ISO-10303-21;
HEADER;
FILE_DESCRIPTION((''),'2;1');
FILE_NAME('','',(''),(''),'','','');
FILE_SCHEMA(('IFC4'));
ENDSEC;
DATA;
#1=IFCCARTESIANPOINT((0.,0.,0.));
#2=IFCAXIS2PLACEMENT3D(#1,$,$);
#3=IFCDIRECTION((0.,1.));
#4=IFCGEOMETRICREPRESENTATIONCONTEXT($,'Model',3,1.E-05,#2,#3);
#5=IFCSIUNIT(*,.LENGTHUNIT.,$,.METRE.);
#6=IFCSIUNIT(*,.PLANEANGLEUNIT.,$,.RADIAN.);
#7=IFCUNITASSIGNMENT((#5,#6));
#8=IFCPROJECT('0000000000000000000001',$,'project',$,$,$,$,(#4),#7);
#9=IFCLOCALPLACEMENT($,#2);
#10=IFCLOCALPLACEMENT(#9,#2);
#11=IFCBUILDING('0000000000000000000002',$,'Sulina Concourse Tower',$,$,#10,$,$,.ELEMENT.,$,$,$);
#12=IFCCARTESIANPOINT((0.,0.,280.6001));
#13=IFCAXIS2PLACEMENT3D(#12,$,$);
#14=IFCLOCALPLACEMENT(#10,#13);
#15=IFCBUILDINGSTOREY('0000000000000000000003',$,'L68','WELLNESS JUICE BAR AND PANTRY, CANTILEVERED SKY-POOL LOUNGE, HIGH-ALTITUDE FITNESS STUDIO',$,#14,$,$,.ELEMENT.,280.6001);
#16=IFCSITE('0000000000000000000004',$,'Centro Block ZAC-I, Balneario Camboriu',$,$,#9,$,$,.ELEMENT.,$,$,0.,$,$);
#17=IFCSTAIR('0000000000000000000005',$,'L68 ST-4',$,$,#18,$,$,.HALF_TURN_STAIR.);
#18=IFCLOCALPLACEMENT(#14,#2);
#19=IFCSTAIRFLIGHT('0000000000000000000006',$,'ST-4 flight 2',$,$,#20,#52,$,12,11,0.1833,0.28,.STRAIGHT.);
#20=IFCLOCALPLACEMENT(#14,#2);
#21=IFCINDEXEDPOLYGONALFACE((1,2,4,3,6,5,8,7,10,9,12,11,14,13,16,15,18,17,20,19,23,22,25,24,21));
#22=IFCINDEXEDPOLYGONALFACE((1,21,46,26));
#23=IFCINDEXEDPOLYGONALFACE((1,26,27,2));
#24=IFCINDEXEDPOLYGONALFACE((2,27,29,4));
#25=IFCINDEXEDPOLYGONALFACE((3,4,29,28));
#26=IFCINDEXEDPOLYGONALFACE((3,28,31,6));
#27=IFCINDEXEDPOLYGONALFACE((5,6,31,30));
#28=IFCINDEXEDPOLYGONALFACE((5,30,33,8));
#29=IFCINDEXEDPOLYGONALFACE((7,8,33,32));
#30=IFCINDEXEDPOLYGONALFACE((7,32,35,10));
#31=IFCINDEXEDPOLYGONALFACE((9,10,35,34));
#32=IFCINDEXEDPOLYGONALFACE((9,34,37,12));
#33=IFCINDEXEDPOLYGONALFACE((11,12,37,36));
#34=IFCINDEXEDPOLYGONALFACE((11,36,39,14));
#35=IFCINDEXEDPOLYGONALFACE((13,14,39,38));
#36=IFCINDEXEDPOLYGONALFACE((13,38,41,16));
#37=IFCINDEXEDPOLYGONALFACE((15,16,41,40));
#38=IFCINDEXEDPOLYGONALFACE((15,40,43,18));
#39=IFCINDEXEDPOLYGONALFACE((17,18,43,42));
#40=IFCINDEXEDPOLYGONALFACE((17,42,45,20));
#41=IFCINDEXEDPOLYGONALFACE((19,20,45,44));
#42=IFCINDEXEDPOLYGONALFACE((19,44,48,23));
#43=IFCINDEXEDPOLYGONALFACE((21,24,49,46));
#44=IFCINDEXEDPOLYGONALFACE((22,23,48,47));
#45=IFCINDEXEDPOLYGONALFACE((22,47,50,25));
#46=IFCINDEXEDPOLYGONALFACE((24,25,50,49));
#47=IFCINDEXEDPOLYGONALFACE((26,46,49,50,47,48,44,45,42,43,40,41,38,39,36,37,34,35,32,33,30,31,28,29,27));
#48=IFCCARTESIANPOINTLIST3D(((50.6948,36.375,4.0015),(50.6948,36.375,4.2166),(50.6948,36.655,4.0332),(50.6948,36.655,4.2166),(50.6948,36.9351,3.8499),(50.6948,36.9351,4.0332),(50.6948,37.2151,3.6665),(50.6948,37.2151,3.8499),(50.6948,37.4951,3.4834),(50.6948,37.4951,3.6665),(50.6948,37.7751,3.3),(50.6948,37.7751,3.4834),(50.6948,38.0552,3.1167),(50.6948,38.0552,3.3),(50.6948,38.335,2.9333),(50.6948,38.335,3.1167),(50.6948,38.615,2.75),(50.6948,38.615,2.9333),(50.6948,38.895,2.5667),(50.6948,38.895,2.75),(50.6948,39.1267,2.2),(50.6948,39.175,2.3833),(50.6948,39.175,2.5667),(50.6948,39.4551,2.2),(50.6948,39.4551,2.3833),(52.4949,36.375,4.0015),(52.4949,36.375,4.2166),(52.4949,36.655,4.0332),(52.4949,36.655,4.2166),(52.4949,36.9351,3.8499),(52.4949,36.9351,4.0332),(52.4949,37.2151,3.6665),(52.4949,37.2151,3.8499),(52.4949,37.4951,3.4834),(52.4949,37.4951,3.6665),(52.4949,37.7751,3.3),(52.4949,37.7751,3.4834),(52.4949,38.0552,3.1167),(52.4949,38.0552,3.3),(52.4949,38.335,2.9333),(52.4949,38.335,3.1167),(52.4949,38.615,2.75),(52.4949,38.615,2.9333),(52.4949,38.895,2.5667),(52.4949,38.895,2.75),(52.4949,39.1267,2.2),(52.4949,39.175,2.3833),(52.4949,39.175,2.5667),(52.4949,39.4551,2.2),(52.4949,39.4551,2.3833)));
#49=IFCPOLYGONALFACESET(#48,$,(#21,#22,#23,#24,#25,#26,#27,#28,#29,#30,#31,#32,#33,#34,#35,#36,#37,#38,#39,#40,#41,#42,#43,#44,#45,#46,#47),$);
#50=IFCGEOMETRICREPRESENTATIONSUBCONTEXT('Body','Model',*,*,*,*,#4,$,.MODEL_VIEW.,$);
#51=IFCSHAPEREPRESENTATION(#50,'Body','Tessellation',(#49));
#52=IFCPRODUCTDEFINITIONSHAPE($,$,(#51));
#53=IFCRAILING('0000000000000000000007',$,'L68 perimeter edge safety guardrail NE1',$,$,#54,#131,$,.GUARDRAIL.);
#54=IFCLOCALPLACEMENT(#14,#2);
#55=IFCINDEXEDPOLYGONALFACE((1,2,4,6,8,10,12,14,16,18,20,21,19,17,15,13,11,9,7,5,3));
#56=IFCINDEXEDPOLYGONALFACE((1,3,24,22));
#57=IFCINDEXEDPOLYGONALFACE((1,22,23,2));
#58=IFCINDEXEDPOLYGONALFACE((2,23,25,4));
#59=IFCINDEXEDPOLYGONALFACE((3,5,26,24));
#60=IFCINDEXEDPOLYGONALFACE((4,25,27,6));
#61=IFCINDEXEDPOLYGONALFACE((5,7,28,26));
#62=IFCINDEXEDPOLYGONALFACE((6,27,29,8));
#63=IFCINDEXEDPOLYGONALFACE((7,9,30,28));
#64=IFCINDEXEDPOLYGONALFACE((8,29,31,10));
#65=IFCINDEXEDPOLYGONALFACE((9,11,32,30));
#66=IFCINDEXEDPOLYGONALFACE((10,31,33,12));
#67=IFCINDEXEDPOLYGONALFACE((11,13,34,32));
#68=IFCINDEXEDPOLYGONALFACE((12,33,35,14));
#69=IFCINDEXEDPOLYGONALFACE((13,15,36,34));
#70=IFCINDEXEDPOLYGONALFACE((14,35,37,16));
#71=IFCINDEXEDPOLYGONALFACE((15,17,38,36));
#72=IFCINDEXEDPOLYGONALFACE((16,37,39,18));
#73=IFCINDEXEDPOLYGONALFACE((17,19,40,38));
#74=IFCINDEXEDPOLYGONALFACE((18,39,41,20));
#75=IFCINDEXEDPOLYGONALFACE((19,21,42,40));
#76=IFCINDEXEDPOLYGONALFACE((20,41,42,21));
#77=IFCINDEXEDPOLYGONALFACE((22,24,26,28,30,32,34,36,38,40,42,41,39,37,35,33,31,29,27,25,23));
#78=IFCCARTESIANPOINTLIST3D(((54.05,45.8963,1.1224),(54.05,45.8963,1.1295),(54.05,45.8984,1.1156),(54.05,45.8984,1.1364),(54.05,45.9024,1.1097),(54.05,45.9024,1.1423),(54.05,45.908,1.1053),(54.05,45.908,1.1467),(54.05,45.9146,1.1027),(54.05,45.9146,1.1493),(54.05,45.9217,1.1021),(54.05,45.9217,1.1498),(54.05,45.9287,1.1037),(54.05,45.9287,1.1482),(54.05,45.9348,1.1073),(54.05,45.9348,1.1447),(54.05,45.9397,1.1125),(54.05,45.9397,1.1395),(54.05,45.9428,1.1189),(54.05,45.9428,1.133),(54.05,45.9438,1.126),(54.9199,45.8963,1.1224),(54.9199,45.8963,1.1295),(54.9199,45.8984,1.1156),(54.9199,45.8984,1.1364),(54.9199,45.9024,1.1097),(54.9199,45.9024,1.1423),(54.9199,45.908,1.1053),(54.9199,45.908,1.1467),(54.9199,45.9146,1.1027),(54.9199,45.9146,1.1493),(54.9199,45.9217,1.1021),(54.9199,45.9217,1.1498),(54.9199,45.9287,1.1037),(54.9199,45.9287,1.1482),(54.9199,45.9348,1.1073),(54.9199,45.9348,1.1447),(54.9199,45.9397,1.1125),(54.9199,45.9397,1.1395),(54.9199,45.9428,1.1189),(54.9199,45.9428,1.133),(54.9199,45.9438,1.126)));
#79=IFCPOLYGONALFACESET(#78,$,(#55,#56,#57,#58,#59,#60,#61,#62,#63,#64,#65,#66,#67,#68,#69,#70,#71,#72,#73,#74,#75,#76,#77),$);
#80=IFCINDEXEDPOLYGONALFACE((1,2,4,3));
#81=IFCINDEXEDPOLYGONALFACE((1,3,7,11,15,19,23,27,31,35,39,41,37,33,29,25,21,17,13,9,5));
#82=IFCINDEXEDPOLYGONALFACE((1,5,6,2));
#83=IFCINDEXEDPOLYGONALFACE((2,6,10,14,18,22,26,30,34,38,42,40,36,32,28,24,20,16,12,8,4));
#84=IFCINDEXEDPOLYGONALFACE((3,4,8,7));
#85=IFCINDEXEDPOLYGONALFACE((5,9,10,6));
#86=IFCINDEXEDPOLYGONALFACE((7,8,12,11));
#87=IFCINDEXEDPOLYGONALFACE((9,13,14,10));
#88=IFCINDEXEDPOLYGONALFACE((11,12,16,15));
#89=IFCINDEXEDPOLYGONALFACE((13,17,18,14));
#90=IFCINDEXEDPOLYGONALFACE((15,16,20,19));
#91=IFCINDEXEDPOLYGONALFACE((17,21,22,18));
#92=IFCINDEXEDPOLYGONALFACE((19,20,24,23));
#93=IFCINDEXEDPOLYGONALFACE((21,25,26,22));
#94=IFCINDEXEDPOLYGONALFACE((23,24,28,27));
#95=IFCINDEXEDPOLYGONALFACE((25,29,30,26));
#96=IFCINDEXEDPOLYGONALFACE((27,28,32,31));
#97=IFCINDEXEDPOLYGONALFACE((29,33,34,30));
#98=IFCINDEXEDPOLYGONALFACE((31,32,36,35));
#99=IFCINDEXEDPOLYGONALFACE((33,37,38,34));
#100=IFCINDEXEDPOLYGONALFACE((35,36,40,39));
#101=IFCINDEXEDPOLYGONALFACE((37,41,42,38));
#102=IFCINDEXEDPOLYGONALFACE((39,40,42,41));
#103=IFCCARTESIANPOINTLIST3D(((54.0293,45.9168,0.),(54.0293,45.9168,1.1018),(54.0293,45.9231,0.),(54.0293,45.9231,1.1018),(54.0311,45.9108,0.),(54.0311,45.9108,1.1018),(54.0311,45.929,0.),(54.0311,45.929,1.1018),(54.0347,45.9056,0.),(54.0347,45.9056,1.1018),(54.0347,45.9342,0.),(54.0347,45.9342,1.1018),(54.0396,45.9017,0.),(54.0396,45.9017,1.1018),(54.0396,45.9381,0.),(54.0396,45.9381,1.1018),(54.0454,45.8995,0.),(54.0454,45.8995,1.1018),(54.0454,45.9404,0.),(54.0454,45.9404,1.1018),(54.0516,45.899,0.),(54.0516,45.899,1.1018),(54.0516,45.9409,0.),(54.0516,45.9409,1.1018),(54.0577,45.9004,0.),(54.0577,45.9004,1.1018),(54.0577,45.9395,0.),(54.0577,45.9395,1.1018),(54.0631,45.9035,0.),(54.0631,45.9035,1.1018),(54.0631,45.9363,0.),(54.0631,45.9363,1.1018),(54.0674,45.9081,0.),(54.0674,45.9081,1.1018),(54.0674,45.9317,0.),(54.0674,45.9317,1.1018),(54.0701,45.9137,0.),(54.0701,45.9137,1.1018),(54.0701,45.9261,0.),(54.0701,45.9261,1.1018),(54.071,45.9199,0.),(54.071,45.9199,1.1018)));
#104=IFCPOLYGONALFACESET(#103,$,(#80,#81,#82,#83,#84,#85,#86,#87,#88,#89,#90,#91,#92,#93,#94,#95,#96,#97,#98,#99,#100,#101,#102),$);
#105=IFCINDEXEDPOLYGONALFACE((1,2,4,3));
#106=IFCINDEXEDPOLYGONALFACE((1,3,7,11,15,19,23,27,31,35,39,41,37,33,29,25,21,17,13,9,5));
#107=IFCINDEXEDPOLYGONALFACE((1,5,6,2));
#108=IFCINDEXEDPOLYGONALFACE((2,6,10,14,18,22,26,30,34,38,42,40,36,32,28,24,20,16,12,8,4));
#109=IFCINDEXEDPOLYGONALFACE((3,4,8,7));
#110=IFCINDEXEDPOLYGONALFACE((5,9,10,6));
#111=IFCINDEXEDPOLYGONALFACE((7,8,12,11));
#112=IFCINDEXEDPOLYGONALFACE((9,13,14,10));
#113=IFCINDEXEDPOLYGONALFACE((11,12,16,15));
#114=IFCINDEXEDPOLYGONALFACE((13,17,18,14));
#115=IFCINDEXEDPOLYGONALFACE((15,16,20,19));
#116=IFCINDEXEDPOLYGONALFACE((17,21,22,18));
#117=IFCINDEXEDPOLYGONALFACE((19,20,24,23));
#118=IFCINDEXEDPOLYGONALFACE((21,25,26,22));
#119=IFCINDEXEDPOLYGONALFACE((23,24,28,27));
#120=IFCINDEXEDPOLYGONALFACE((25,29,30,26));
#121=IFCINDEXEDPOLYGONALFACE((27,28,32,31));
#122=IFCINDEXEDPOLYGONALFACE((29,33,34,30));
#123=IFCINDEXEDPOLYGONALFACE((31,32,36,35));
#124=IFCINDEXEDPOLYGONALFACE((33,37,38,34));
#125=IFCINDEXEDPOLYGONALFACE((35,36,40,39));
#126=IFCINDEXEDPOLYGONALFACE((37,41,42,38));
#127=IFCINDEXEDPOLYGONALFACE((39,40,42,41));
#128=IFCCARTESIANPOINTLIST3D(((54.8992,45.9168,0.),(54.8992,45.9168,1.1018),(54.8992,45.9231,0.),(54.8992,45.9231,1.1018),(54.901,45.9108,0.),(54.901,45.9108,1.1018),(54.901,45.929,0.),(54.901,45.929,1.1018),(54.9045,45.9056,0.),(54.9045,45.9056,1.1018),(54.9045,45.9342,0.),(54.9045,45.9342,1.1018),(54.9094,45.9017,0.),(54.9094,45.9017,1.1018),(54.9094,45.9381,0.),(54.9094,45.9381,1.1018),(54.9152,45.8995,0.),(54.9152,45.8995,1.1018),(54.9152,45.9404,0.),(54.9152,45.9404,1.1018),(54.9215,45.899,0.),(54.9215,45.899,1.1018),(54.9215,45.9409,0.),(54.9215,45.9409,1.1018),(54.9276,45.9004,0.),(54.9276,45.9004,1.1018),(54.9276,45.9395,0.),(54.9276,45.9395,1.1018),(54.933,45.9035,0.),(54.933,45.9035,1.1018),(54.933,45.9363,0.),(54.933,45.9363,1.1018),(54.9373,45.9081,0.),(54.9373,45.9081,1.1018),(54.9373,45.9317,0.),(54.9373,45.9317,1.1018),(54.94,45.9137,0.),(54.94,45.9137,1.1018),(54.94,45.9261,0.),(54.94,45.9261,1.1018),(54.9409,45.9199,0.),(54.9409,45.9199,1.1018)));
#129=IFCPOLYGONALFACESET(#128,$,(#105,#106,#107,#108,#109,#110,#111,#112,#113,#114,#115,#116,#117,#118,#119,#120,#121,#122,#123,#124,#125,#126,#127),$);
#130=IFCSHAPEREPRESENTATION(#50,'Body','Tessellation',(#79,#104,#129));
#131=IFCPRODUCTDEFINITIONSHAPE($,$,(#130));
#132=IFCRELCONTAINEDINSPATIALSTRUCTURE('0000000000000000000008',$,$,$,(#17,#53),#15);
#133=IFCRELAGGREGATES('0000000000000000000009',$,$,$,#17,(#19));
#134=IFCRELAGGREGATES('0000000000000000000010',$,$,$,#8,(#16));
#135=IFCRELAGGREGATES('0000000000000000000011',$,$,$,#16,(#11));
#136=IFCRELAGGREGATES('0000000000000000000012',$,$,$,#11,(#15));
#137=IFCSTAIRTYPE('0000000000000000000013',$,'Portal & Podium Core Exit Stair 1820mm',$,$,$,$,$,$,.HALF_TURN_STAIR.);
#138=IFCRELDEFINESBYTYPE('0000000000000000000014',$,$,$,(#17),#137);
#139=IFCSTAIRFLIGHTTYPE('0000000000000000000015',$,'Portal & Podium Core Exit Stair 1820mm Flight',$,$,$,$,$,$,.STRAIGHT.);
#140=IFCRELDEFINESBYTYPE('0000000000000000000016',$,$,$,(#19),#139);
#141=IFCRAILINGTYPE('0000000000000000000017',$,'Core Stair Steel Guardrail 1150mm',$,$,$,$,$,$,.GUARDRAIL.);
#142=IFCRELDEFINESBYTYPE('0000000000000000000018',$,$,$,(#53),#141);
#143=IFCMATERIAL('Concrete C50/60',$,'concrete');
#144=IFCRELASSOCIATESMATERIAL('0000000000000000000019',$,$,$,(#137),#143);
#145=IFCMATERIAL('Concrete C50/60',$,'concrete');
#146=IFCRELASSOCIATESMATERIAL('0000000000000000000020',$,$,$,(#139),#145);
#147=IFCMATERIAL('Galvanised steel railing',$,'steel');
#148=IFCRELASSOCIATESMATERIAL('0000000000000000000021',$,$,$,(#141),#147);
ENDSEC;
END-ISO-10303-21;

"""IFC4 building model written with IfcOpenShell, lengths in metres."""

from ifc_helpers import new_model, si_unit, direction, frame, origin, origin_2d, place, context, subcontext, project, spatial, polyline, circle, outline, extrude, material, type_object, element, aggregate, save


model = new_model("IFC4")

# Units and contexts
model_context = context("Model", 3, precision=1e-05, world=origin(), true_north=direction((0.0, 1.0)))
body_context = subcontext(model_context, "Body", "Model", "MODEL_VIEW")
ifc_project = project(units=[si_unit("LENGTHUNIT", "METRE"), si_unit("PLANEANGLEUNIT", "RADIAN")], contexts=[model_context])

# Site, building, storey
site_placement = place(None, origin())
site = spatial("IfcSite", under=ifc_project, at=site_placement, Name="Centro Block ZAC-I, Balneario Camboriu", CompositionType="ELEMENT", RefElevation=0.0)
building_placement = place(site_placement, origin())
building = spatial("IfcBuilding", under=site, at=building_placement, Name="Sulina Concourse Tower", CompositionType="ELEMENT")
storey_placement = place(building_placement, frame((0.0, 0.0, 280.6001)))
storey = spatial("IfcBuildingStorey", under=building, at=storey_placement, Name="L68", Description="WELLNESS JUICE BAR AND PANTRY, CANTILEVERED SKY-POOL LOUNGE, HIGH-ALTITUDE FITNESS STUDIO", CompositionType="ELEMENT", Elevation=280.6001)

# Stair, stair flight
ifc_material_1 = material(Name="Concrete C50/60", Category="concrete")
stair_type = type_object("IfcStairType", Name="Portal & Podium Core Exit Stair 1820mm", PredefinedType="HALF_TURN_STAIR", material=ifc_material_1)
stair_placement = place(storey_placement, origin())
stair = element("IfcStair", 1, at=stair_placement, inside=storey, type_object=stair_type, Name="L68 ST-4", PredefinedType="HALF_TURN_STAIR")
ifc_material_2 = material(Name="Concrete C50/60", Category="concrete")
stair_flight_type = type_object("IfcStairFlightType", Name="Portal & Podium Core Exit Stair 1820mm Flight", PredefinedType="STRAIGHT", material=ifc_material_2)
stair_flight_placement = place(storey_placement, frame((51.595, 39.4551, 2.2), z_axis=(0.0, 0.0, 1.0), x_axis=(0.0, -1.0, 0.0)))
stair_flight = element("IfcStairFlight", 2, at=stair_flight_placement, type_object=stair_flight_type, Name="ST-4 flight 2", NumberOfRisers=12, NumberOfTreads=11, PredefinedType="STRAIGHT", RiserHeight=0.1833, TreadLength=0.28, context=body_context, shape_type="SweptSolid", body=[
    extrude(outline(polyline([(0.0, 0.0), (0.0, 0.1833), (0.28, 0.1833), (0.28, 0.3667), (0.5601, 0.3667), (0.5601, 0.55), (0.8401, 0.55), (0.8401, 0.7334), (1.1201, 0.7334), (1.1201, 0.9167), (1.3999, 0.9167), (1.3999, 1.1001), (1.6799, 1.1001), (1.6799, 1.2834), (1.96, 1.2834), (1.96, 1.4666), (2.24, 1.4666), (2.24, 1.6499), (2.52, 1.6499), (2.52, 1.8333), (2.8, 1.8333), (2.8, 2.0166), (3.0801, 2.0166), (3.0801, 2.2), (3.0801, 1.8015), (0.3284, 0.0), (0.0, 0.0)])), frame((0.0, 0.8999, 0.0), z_axis=(0.0, -1.0, 0.0), x_axis=(1.0, 0.0, 0.0)), (0.0, 0.0, 1.0), 1.8),
])
aggregate(stair, [stair_flight])

# Railing
ifc_material_3 = material(Name="Galvanised steel railing", Category="steel")
railing_type_1 = type_object("IfcRailingType", Name="Core Stair Steel Guardrail 1150mm", PredefinedType="GUARDRAIL", material=ifc_material_3)
railing_1_placement = place(storey_placement, frame((54.05, 45.9199, 0.0)))
element("IfcRailing", 3, at=railing_1_placement, inside=storey, type_object=railing_type_1, Name="L68 perimeter edge safety guardrail NE1", PredefinedType="GUARDRAIL", context=body_context, shape_type="SweptSolid", body=[
    extrude(circle(Radius=0.0239, at=origin_2d()), frame((0.0, 0.0, 1.126), z_axis=(1.0, 0.0, 0.0), x_axis=(0.0, 1.0, 0.0)), (0.0, 0.0, 1.0), 0.8699),
    extrude(circle(Radius=0.021, at=origin_2d()), origin(), (0.0, 0.0, 1.0), 1.1018),
    extrude(circle(Radius=0.021, at=origin_2d()), frame((0.8699, 0.0, 0.0)), (0.0, 0.0, 1.0), 1.1018),
])

save(model, "model.ifc")
